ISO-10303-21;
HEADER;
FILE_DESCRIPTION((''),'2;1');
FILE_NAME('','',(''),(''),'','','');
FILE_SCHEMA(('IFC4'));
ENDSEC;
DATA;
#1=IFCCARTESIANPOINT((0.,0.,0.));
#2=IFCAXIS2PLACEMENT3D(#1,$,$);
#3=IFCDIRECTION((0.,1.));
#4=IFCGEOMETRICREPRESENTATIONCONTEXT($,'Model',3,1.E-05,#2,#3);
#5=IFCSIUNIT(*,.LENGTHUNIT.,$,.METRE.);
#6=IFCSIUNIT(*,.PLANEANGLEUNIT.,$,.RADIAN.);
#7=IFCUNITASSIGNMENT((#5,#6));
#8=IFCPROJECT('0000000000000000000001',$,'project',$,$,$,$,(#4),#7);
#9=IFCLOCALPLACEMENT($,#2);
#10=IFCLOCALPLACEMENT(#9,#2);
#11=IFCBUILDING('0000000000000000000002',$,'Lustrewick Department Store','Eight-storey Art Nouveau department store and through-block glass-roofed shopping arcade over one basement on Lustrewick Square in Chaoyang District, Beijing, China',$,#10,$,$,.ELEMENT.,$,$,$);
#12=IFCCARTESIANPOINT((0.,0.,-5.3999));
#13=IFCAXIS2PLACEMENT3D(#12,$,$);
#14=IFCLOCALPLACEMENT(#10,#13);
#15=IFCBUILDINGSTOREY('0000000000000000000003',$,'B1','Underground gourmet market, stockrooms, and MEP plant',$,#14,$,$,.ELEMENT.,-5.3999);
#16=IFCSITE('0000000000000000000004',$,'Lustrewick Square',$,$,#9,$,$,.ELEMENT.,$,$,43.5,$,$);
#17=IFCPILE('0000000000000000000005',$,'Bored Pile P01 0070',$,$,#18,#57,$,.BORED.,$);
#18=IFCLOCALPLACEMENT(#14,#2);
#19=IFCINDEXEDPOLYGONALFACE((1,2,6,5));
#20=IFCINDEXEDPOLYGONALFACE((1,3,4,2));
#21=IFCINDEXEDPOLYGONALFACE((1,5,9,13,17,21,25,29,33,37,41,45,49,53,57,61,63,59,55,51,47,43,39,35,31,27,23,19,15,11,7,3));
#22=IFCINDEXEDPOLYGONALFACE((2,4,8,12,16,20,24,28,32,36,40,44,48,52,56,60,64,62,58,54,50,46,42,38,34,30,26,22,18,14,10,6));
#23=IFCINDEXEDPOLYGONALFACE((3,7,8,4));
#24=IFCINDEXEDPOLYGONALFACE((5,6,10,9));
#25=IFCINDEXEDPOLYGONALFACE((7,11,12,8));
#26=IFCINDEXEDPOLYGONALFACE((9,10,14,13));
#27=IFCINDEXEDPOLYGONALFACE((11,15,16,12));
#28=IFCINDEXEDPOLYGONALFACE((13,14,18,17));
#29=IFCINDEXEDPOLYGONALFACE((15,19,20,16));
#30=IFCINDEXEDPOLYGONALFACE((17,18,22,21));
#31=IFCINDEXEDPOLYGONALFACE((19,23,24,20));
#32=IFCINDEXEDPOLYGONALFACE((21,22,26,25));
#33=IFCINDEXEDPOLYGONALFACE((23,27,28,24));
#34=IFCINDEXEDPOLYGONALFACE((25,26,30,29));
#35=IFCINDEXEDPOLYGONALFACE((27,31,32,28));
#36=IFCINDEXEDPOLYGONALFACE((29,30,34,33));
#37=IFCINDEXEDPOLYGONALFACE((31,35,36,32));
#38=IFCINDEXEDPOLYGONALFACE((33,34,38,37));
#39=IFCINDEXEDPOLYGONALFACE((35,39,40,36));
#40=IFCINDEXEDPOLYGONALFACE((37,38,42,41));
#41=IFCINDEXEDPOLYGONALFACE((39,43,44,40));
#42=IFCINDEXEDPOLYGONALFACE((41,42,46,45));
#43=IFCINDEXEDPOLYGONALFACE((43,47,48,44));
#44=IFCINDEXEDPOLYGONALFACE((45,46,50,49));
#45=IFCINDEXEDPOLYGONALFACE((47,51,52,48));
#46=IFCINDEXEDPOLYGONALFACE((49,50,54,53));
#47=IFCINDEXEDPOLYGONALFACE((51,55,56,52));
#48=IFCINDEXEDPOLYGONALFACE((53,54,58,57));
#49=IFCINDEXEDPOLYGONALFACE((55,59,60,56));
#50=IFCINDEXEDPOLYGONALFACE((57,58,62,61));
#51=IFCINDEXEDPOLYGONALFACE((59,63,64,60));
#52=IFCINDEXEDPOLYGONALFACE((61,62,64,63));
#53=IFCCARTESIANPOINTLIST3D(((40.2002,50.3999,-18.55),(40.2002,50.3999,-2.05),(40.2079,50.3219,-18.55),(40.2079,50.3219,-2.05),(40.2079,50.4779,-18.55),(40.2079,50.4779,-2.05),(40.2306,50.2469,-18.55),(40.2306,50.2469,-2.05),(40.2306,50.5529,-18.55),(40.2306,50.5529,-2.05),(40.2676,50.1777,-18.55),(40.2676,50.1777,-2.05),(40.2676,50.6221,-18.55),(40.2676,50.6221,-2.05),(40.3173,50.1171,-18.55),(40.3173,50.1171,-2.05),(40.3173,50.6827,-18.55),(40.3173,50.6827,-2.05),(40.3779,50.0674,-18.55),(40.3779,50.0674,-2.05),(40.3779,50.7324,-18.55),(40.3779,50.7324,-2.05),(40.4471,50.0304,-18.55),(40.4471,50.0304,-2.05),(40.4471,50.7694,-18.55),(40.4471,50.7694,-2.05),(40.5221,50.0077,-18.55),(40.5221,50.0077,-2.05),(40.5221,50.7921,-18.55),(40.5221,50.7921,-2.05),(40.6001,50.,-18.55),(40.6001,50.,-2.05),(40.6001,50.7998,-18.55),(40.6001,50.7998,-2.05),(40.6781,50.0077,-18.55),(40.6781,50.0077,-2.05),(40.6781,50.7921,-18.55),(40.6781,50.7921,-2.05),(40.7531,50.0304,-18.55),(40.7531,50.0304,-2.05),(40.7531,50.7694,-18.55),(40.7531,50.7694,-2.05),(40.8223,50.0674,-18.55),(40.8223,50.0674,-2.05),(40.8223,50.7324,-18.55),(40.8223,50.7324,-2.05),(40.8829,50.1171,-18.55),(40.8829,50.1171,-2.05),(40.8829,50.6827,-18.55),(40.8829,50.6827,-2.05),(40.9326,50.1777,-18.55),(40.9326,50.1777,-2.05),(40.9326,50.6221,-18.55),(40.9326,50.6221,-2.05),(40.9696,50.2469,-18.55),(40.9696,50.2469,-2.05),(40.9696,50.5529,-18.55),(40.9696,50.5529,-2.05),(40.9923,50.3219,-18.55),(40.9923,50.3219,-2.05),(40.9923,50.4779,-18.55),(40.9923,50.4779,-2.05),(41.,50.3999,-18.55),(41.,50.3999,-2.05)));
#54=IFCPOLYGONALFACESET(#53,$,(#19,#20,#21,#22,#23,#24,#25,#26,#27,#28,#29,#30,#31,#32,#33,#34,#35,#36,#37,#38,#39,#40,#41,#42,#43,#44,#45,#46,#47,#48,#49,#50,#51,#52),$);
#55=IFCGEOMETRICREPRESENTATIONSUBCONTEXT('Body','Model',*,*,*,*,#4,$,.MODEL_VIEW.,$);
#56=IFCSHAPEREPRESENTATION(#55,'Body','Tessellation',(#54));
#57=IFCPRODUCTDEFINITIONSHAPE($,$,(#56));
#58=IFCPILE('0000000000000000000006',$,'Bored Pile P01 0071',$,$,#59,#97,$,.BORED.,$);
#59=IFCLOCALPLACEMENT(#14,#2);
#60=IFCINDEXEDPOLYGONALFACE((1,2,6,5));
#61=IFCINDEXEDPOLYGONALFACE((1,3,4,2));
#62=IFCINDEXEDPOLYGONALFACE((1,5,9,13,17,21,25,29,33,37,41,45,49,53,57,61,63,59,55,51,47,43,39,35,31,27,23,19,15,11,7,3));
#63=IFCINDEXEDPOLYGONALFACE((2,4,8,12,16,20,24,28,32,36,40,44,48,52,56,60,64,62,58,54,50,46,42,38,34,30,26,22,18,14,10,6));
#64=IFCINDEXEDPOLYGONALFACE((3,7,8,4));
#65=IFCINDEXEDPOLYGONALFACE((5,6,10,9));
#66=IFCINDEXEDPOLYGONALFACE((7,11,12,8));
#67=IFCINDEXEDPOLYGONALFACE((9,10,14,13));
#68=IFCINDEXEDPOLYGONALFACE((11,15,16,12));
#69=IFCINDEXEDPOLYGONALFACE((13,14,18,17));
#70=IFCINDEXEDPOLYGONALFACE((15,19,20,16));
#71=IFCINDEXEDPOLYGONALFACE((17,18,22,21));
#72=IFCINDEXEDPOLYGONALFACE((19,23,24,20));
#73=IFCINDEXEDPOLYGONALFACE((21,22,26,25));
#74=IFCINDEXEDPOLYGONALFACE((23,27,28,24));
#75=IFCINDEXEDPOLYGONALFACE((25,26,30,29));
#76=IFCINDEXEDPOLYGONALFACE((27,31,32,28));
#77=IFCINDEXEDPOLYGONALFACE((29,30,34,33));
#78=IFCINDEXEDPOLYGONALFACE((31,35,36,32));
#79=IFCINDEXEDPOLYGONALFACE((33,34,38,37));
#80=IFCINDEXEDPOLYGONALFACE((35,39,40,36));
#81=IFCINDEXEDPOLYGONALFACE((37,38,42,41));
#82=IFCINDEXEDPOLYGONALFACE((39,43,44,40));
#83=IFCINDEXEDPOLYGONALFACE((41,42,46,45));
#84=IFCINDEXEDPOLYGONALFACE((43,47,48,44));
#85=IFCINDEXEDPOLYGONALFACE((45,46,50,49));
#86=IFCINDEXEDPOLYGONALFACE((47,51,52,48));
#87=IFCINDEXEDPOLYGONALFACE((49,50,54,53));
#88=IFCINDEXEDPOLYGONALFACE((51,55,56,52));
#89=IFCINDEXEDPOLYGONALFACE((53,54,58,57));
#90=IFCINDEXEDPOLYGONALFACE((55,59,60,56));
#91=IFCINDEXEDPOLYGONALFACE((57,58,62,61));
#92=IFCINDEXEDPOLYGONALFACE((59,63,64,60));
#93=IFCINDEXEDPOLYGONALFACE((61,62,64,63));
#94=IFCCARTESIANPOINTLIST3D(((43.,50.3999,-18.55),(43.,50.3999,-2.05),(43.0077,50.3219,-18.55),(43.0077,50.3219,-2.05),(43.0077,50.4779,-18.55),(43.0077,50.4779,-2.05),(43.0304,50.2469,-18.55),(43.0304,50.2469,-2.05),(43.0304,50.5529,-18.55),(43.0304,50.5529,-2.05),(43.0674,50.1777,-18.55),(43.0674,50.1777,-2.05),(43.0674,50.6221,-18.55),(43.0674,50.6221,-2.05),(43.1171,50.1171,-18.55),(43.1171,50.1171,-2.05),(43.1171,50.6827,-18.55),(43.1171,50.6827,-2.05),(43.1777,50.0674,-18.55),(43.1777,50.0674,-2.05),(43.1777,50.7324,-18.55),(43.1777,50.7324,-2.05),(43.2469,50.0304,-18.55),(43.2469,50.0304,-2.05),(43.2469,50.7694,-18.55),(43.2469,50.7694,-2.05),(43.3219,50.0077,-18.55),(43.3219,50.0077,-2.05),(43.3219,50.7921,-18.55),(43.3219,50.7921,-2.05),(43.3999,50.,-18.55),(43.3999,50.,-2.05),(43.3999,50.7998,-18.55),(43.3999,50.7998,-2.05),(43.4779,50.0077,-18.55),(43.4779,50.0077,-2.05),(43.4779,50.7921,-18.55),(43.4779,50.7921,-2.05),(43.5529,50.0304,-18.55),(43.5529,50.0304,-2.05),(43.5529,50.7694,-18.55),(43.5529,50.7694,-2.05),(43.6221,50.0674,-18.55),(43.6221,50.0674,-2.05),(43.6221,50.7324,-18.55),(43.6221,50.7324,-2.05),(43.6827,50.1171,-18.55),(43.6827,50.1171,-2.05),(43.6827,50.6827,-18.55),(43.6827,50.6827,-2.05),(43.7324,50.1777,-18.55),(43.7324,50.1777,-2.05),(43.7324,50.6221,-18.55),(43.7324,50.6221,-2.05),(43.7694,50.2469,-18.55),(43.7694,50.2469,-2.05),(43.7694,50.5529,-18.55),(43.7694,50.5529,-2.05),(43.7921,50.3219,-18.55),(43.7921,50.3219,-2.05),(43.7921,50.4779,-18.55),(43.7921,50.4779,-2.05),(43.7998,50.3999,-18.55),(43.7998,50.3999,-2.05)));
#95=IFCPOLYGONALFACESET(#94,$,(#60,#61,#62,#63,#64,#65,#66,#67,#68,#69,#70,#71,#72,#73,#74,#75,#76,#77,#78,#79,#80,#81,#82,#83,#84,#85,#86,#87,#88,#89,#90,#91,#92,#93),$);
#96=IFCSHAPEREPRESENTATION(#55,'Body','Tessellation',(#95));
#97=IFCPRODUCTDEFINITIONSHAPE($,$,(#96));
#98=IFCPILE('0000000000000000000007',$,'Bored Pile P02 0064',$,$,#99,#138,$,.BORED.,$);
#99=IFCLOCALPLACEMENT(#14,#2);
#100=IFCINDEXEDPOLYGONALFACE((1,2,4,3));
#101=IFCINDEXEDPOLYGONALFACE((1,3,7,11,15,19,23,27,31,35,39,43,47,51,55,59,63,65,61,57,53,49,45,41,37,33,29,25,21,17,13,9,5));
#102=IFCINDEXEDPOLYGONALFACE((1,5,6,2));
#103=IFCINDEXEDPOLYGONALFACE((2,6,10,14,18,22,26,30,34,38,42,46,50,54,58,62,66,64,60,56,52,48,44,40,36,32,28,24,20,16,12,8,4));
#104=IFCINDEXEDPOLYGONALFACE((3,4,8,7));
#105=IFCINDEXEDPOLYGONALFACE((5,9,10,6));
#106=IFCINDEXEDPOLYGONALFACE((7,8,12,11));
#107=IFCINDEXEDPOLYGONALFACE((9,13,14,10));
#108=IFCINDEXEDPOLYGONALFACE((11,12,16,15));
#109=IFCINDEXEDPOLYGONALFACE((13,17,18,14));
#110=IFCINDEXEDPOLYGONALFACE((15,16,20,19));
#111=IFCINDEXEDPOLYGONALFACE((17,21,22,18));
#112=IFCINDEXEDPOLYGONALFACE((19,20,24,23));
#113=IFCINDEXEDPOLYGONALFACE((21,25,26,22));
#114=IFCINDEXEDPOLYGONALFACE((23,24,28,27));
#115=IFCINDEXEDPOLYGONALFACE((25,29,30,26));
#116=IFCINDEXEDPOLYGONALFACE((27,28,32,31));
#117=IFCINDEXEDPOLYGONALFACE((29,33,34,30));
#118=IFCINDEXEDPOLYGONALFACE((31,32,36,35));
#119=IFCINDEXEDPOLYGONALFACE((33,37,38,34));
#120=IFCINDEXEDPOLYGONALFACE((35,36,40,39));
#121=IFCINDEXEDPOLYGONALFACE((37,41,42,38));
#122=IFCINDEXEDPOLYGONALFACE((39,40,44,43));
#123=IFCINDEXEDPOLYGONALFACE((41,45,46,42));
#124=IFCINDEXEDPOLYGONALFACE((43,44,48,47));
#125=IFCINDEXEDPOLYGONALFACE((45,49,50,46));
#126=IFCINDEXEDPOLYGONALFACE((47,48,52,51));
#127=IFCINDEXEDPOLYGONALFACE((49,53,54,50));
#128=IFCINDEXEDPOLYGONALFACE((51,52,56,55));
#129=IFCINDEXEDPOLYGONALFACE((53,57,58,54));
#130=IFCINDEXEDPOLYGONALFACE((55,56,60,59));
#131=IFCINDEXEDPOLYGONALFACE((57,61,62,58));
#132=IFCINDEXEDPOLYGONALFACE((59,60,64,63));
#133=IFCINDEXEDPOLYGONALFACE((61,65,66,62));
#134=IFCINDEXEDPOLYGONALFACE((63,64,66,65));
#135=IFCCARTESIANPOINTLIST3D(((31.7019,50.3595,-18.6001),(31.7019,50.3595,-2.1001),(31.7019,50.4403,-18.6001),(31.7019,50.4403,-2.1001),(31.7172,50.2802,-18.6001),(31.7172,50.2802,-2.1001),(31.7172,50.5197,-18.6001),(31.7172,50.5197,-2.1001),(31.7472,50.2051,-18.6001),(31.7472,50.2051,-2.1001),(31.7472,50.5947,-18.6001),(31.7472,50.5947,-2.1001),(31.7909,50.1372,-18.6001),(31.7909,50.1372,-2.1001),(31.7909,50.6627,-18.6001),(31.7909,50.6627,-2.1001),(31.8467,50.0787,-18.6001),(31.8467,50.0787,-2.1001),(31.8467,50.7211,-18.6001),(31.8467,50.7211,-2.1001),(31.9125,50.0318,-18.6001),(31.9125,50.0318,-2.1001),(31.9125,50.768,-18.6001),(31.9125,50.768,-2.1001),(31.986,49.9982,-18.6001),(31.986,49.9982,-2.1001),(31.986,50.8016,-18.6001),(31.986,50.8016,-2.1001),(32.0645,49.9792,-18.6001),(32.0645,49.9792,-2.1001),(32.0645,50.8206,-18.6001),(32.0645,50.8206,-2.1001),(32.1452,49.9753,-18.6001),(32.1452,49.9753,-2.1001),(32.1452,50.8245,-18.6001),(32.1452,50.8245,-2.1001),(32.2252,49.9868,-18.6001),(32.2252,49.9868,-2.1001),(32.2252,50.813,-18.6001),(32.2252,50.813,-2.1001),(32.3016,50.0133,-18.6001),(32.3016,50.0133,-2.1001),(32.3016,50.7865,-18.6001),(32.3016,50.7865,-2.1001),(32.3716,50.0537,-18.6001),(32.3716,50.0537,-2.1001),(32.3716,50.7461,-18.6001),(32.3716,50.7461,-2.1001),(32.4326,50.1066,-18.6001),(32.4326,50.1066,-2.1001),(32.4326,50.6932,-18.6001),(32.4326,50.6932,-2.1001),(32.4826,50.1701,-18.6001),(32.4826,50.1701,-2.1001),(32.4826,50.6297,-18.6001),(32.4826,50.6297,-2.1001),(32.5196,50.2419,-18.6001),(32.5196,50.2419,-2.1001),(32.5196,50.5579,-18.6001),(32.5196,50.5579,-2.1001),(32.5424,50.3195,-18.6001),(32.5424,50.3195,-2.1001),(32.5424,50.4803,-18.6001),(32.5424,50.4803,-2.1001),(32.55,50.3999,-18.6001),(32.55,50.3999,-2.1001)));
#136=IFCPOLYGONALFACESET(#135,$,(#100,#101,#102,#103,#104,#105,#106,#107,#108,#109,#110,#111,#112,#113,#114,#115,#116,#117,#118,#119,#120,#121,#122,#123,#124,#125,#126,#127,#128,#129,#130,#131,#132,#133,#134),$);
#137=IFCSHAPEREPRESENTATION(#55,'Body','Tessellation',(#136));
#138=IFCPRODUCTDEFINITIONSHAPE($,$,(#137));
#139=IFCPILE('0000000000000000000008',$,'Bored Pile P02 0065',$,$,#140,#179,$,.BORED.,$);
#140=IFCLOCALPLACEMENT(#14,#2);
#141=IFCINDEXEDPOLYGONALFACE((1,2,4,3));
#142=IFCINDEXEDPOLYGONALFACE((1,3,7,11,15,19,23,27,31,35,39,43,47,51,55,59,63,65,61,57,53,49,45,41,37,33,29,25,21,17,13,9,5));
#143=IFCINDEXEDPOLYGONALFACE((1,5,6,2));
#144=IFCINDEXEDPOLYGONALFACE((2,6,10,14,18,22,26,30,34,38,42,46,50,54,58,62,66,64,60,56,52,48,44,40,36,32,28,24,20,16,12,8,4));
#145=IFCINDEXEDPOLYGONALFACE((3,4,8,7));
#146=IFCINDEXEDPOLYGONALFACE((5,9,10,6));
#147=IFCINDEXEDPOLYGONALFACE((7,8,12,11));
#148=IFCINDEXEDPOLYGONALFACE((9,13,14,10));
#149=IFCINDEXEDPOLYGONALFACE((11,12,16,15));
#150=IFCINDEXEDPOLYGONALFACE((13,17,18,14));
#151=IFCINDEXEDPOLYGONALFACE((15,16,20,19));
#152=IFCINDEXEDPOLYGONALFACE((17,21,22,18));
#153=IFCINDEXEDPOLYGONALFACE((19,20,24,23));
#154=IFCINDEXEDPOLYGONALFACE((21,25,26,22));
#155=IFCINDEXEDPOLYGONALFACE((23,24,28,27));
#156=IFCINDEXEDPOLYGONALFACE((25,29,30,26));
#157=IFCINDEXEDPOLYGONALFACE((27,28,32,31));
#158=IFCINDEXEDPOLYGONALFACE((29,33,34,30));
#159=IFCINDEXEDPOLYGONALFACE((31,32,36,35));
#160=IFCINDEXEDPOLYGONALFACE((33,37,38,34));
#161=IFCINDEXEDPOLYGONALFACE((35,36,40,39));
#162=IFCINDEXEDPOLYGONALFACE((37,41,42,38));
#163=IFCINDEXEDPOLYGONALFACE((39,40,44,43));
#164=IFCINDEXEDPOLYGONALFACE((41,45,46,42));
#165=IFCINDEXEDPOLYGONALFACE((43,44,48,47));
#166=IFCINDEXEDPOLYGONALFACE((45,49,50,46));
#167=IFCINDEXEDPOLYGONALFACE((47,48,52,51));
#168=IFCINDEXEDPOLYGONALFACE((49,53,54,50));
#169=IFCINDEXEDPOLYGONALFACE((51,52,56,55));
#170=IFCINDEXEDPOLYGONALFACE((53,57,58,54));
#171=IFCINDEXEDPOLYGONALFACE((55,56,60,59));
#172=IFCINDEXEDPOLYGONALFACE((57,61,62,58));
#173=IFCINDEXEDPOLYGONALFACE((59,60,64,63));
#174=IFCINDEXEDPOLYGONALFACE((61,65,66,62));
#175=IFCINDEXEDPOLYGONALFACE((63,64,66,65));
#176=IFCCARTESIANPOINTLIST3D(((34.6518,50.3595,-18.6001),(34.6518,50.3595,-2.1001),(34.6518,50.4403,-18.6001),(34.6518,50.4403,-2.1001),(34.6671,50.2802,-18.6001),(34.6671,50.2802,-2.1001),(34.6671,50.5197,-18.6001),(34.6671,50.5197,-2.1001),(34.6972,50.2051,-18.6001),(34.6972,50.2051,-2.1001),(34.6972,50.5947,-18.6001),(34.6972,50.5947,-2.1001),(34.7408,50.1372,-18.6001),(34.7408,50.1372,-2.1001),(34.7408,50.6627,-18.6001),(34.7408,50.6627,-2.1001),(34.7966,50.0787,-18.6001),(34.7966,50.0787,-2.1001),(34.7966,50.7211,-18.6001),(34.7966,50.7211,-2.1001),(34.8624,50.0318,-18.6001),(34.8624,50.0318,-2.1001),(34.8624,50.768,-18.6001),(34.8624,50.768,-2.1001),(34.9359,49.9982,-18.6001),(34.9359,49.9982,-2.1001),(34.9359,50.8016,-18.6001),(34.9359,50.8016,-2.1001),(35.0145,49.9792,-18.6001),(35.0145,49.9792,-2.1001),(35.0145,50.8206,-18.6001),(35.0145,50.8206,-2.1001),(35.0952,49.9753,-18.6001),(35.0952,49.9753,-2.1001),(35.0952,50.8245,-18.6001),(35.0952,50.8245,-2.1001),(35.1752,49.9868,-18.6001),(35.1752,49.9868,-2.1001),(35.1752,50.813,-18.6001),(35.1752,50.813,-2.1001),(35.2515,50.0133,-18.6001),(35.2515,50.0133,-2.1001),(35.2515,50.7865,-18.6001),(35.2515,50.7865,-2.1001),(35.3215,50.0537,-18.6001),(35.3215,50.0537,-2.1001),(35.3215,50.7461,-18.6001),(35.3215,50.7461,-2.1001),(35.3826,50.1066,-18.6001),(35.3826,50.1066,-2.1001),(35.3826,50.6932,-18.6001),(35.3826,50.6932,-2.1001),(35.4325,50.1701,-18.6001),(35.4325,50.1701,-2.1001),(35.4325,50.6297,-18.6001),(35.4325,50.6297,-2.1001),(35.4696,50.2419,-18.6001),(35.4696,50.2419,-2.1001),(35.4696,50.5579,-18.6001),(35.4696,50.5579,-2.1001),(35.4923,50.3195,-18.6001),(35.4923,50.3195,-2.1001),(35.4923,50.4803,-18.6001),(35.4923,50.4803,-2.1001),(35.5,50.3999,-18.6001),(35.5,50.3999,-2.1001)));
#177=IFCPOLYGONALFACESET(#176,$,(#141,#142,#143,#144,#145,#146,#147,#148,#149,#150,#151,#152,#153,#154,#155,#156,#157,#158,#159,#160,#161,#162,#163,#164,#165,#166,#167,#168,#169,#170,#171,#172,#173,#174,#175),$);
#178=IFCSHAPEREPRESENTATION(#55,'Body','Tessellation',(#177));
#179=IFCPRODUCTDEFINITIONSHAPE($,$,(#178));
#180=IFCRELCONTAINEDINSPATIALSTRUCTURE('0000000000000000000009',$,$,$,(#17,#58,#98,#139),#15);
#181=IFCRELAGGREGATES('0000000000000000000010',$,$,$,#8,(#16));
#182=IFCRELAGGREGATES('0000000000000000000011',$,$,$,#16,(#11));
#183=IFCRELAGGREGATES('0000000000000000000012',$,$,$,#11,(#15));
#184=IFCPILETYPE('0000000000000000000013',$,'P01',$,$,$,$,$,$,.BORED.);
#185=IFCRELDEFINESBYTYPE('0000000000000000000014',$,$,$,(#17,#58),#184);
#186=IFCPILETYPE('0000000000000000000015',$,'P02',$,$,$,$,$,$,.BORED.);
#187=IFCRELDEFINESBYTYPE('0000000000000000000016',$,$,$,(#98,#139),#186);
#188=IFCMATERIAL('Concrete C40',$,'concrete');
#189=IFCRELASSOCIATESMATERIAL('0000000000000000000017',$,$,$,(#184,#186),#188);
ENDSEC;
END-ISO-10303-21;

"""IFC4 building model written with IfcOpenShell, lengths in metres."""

from ifc_helpers import new_model, si_unit, direction, frame, origin, origin_2d, place, context, subcontext, project, spatial, circle, extrude, material, material_profile, profile_set, type_object, element, save


model = new_model("IFC4")

# Units and contexts
model_context = context("Model", 3, precision=1e-05, world=origin(), true_north=direction((0.0, 1.0)))
body_context = subcontext(model_context, "Body", "Model", "MODEL_VIEW")
ifc_project = project(units=[si_unit("LENGTHUNIT", "METRE"), si_unit("PLANEANGLEUNIT", "RADIAN")], contexts=[model_context])

# Site, building, storey
site_placement = place(None, origin())
site = spatial("IfcSite", under=ifc_project, at=site_placement, Name="Lustrewick Square", CompositionType="ELEMENT", RefElevation=43.5)
building_placement = place(site_placement, origin())
building = spatial("IfcBuilding", under=site, at=building_placement, Name="Lustrewick Department Store", Description="Eight-storey Art Nouveau department store and through-block glass-roofed shopping arcade over one basement on Lustrewick Square in Chaoyang District, Beijing, China", CompositionType="ELEMENT")
storey_placement = place(building_placement, frame((0.0, 0.0, -5.3999)))
storey = spatial("IfcBuildingStorey", under=building, at=storey_placement, Name="B1", Description="Underground gourmet market, stockrooms, and MEP plant", CompositionType="ELEMENT", Elevation=-5.3999)

# Piles
ifc_material_1 = material(Name="Concrete C40", Category="concrete")
ifc_material_profile_1 = material_profile(ifc_material_1, circle(Radius=0.3999, at=origin_2d()), Name="PILE D800")
ifc_profile_set_1 = profile_set([ifc_material_profile_1], Name="Concrete C40")
pile_type_1 = type_object("IfcPileType", Name="P01", PredefinedType="BORED", material=ifc_profile_set_1)
for number, where, z_axis, x_axis, name in (
    (1, (40.6001, 50.3999, -2.05), (0.0, 0.0, -1.0), (1.0, 0.0, 0.0), "Bored Pile P01 0070"),
    (2, (43.3999, 50.3999, -2.05), (0.0, 0.0, -1.0), (1.0, 0.0, 0.0), "Bored Pile P01 0071"),
):
    element("IfcPile", number, at=place(storey_placement, frame(where, z_axis=z_axis, x_axis=x_axis)), inside=storey, type_object=pile_type_1, Name=name, PredefinedType="BORED", context=body_context, shape_type="SweptSolid", body=[
        extrude(circle(Radius=0.3999, at=origin_2d()), origin(), (0.0, 0.0, 1.0), 16.5),
    ])
ifc_material_profile_2 = material_profile(ifc_material_1, circle(Radius=0.425, at=origin_2d()), Name="PILE D850")
ifc_profile_set_2 = profile_set([ifc_material_profile_2], Name="Concrete C40")
pile_type_2 = type_object("IfcPileType", Name="P02", PredefinedType="BORED", material=ifc_profile_set_2)
for number, where, z_axis, x_axis, name in (
    (3, (32.125, 50.3999, -2.1001), (0.0, 0.0, -1.0), (1.0, 0.0, 0.0), "Bored Pile P02 0064"),
    (4, (35.075, 50.3999, -2.1001), (0.0, 0.0, -1.0), (1.0, 0.0, 0.0), "Bored Pile P02 0065"),
):
    element("IfcPile", number, at=place(storey_placement, frame(where, z_axis=z_axis, x_axis=x_axis)), inside=storey, type_object=pile_type_2, Name=name, PredefinedType="BORED", context=body_context, shape_type="SweptSolid", body=[
        extrude(circle(Radius=0.425, at=origin_2d()), origin(), (0.0, 0.0, 1.0), 16.5),
    ])

save(model, "model.ifc")
